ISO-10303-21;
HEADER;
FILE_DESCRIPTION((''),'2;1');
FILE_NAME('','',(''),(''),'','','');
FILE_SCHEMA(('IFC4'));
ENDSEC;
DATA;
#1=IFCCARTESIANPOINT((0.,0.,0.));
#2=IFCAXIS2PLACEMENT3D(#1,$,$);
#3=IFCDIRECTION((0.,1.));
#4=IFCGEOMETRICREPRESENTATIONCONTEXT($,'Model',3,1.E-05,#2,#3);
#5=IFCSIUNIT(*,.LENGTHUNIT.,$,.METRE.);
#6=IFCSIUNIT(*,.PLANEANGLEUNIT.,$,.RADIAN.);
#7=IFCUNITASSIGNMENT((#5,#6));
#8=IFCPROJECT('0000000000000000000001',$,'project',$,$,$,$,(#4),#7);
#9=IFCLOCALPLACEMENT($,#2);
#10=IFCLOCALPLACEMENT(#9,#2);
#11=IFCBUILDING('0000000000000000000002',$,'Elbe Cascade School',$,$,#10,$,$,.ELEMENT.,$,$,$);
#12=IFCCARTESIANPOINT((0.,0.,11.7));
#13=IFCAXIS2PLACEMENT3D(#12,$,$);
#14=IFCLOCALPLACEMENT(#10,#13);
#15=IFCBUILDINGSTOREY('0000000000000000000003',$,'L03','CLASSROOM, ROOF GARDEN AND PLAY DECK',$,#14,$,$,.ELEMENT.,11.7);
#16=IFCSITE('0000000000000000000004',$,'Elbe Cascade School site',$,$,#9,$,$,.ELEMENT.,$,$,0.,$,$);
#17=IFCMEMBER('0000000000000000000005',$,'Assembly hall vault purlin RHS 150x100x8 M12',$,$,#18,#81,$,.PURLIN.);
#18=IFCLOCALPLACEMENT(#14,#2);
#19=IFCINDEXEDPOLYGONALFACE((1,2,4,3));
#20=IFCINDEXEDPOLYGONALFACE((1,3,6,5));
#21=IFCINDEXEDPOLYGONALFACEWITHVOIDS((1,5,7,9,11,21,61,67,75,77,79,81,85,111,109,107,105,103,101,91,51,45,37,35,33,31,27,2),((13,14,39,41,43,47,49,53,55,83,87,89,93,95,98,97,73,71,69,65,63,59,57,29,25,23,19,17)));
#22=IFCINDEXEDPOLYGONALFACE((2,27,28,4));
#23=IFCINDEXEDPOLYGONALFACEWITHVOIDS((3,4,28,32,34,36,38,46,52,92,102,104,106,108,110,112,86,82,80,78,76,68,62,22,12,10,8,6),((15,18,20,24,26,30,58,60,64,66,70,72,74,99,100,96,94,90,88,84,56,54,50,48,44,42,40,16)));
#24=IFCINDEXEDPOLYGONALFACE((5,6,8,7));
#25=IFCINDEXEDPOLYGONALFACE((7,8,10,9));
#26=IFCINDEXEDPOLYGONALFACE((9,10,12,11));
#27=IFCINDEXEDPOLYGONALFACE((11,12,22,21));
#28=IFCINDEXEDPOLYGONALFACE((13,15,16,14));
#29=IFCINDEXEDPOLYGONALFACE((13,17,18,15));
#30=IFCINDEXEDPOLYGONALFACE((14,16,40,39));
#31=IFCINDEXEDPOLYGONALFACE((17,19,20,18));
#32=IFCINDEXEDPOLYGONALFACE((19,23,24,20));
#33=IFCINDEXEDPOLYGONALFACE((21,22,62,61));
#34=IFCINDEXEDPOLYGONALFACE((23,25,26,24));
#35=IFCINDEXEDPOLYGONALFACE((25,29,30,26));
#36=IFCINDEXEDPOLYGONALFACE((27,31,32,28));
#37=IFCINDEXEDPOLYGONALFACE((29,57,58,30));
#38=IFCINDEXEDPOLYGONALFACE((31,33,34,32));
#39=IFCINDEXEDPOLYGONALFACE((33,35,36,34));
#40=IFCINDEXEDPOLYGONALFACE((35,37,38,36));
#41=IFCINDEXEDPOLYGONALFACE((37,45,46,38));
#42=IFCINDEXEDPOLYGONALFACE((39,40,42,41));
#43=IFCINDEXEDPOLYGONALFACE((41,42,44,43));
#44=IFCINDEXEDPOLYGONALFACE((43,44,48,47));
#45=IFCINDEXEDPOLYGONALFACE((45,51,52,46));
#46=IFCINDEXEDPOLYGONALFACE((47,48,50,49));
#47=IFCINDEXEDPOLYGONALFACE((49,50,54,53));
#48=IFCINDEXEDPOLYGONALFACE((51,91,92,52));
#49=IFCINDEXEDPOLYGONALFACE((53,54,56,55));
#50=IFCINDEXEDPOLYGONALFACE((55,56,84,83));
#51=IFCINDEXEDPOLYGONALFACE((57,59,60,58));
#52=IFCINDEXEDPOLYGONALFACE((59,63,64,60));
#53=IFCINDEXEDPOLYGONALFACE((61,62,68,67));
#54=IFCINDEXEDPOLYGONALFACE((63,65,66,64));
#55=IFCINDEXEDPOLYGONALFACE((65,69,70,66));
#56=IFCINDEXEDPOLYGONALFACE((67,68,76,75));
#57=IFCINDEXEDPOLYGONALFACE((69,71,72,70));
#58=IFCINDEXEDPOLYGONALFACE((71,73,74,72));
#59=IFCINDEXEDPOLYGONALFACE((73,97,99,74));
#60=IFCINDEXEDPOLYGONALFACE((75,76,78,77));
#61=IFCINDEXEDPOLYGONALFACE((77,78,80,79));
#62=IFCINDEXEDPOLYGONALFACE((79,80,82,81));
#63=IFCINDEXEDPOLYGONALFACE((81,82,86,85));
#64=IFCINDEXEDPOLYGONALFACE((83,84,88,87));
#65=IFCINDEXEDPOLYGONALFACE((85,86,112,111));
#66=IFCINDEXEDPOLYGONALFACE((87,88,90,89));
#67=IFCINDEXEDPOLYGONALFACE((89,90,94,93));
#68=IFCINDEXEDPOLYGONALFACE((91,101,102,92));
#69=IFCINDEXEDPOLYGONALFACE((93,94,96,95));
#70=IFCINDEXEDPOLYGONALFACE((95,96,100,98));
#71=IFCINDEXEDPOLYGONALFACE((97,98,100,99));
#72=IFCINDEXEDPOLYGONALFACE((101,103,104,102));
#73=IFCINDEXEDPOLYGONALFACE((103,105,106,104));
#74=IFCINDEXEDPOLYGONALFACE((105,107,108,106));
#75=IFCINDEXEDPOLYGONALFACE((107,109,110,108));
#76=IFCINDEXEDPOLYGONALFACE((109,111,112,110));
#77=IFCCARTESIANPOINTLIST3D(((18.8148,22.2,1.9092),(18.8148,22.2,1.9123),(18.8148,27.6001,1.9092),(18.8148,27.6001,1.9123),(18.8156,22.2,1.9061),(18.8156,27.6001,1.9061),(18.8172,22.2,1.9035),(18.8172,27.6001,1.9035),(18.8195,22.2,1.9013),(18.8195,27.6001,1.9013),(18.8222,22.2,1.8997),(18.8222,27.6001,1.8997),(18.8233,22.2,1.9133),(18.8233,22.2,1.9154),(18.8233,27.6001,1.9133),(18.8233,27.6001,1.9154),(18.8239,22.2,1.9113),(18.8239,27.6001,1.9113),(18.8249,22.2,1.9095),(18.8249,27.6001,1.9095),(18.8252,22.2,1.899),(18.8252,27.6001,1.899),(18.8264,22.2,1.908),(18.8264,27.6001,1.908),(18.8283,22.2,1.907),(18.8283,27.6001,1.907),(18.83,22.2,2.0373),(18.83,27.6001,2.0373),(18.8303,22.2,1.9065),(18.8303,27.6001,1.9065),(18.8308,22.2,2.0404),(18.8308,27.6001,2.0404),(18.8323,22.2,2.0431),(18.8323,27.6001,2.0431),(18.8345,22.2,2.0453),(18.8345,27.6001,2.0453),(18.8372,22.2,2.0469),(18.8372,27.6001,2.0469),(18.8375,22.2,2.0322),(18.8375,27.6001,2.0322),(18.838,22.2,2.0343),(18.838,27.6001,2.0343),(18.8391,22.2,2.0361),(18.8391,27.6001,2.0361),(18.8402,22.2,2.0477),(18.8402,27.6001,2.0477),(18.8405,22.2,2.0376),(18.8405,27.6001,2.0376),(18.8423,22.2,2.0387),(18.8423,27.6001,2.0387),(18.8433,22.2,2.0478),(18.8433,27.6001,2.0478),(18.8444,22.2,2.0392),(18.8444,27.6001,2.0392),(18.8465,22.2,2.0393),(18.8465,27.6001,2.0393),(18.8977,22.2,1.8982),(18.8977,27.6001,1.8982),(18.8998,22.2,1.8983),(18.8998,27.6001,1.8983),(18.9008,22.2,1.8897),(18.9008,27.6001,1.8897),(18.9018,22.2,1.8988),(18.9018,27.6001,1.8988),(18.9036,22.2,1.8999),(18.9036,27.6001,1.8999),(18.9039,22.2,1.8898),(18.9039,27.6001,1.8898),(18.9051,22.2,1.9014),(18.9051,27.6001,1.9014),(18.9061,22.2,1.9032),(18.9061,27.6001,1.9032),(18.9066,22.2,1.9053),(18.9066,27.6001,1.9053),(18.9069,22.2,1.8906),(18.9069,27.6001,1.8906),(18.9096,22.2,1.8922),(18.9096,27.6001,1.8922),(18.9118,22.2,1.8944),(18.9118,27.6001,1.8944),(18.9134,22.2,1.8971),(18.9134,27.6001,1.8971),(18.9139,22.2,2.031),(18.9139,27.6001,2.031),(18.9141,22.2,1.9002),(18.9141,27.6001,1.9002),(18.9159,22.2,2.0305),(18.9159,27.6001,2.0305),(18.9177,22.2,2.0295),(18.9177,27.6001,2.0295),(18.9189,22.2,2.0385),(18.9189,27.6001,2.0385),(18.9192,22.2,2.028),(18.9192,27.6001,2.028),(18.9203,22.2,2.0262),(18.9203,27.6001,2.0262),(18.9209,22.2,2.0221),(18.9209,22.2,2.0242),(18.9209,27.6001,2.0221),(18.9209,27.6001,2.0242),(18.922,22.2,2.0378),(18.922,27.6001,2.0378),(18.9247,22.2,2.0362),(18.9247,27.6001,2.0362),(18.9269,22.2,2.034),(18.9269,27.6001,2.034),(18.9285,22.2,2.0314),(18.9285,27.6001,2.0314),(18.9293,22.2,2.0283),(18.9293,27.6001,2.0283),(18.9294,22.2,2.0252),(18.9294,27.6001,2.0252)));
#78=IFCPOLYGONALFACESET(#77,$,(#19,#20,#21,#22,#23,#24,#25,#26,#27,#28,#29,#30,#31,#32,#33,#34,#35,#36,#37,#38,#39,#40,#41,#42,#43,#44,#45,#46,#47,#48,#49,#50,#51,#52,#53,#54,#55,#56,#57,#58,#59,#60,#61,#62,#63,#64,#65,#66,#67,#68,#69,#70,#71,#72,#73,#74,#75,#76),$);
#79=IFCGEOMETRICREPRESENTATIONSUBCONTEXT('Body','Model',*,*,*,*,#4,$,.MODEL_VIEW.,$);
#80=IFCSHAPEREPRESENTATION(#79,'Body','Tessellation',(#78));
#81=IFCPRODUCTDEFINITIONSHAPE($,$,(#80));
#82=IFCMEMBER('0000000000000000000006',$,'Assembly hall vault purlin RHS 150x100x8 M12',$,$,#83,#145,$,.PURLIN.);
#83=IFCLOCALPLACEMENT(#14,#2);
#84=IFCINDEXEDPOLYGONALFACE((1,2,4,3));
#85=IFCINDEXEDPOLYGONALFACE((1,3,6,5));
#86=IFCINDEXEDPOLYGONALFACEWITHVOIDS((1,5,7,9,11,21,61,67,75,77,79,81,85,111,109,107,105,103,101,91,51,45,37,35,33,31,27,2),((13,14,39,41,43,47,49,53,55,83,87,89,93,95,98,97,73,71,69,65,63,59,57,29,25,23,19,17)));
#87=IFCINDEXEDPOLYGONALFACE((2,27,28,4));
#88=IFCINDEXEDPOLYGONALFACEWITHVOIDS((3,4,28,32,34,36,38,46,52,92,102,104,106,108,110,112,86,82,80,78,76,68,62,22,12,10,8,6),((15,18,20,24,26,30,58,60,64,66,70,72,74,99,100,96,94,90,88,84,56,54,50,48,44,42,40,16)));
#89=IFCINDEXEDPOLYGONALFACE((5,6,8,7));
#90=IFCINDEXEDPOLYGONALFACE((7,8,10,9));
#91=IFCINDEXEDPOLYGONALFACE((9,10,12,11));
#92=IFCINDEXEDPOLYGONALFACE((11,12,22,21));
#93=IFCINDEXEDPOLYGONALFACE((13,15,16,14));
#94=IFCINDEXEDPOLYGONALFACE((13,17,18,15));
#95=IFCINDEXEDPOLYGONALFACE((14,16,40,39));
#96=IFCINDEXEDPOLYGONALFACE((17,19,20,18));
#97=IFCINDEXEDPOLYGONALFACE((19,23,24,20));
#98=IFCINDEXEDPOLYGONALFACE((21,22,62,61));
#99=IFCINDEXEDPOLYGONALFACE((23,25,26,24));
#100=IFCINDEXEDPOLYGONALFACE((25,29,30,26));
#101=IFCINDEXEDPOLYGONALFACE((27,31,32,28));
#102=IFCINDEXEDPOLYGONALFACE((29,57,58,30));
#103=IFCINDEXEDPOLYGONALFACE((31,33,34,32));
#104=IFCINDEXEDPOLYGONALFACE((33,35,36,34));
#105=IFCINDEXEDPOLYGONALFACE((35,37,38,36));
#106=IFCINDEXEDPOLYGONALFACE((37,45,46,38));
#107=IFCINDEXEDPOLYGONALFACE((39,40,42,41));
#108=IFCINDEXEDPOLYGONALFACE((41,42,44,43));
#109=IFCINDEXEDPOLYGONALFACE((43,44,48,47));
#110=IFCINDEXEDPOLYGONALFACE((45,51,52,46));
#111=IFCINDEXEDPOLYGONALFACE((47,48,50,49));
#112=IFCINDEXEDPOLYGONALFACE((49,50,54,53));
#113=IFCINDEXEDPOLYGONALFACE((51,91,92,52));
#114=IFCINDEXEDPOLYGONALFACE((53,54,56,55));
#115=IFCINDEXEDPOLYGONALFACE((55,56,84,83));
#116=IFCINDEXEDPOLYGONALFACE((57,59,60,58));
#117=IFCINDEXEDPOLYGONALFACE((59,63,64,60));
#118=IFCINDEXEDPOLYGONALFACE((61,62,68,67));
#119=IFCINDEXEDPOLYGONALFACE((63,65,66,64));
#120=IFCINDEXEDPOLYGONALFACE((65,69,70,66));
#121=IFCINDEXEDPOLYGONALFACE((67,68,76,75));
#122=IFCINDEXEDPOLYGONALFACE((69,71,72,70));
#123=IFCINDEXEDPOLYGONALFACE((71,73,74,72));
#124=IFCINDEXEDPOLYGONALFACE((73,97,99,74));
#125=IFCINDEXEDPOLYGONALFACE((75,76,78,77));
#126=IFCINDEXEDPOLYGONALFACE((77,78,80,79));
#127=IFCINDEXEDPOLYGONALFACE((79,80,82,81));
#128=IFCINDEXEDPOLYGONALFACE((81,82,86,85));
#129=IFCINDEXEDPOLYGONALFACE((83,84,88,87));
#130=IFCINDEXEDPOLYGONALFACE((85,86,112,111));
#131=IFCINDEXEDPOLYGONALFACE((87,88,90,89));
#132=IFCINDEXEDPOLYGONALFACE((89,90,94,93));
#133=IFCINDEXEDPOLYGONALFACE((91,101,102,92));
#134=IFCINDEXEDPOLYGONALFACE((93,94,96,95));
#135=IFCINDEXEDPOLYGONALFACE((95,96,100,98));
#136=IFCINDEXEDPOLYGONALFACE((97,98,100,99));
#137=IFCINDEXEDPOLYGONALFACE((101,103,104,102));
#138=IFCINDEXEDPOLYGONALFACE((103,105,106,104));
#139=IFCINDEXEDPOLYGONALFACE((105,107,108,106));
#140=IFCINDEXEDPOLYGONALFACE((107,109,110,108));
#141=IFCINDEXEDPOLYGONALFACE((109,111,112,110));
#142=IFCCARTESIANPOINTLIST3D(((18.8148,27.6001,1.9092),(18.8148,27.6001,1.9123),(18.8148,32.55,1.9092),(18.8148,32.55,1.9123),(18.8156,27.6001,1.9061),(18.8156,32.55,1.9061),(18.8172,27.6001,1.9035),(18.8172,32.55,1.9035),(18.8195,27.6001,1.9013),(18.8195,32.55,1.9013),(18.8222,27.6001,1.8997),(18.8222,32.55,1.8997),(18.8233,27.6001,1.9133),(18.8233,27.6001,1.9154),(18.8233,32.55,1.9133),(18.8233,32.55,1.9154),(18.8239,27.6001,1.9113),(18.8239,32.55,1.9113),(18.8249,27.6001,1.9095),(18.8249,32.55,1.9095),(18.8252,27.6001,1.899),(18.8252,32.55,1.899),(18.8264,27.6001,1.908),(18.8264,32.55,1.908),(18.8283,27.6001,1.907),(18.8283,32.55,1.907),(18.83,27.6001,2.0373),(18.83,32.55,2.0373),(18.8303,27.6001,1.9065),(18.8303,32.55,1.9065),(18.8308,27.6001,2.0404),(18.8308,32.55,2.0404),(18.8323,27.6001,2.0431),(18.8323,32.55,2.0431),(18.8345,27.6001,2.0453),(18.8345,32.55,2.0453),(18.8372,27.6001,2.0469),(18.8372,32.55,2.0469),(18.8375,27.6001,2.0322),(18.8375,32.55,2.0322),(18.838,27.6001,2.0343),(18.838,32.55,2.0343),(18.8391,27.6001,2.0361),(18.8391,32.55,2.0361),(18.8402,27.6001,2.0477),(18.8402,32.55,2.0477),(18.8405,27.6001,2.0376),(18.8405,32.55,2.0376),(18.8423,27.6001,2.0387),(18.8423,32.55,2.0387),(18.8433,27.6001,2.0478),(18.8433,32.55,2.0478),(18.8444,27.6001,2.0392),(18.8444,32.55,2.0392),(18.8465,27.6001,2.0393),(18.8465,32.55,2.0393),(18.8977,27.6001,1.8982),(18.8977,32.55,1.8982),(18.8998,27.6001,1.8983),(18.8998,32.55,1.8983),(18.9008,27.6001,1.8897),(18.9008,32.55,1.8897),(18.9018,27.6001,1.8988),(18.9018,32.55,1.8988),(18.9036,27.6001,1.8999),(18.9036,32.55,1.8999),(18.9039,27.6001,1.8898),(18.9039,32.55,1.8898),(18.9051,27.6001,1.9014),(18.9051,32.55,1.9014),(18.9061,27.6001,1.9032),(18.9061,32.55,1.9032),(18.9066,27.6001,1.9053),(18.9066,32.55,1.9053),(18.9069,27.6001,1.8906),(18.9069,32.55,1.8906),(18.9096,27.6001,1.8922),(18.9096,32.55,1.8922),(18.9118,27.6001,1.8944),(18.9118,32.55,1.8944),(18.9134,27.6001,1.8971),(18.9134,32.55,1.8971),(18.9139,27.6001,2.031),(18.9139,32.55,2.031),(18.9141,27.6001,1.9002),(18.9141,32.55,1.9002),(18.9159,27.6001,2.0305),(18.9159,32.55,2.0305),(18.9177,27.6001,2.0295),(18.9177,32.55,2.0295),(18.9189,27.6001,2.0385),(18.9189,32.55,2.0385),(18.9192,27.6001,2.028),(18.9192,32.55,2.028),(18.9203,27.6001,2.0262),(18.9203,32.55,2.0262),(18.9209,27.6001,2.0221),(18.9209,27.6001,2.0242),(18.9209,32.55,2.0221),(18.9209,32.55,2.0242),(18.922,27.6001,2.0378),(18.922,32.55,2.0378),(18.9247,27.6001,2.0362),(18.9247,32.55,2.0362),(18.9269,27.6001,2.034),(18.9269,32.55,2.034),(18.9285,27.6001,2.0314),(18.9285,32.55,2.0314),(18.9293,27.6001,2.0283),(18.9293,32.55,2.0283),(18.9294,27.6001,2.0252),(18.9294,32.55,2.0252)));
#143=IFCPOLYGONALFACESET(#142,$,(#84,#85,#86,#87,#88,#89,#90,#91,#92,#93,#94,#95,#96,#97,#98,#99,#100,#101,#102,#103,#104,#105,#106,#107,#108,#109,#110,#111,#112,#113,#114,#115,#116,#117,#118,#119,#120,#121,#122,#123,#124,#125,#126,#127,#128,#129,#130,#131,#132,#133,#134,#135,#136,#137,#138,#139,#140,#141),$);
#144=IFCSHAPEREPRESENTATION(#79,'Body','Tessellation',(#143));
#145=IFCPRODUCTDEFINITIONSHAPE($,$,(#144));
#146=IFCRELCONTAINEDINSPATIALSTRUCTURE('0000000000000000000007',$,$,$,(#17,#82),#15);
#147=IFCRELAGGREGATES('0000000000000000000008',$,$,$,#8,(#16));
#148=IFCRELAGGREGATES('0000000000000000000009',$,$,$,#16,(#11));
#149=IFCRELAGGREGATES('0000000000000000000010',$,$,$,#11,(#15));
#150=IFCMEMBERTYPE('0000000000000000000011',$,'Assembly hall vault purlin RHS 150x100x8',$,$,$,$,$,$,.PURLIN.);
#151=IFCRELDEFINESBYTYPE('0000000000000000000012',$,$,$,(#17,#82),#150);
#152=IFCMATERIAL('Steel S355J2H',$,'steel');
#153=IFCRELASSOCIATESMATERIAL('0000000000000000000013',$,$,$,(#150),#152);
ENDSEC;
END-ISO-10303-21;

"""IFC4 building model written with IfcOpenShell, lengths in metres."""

from ifc_helpers import new_model, si_unit, direction, frame, origin, origin_2d, place, context, subcontext, project, spatial, hollow_rectangle, extrude, material, material_profile, profile_set, type_object, element, save


model = new_model("IFC4")

# Units and contexts
model_context = context("Model", 3, precision=1e-05, world=origin(), true_north=direction((0.0, 1.0)))
body_context = subcontext(model_context, "Body", "Model", "MODEL_VIEW")
ifc_project = project(units=[si_unit("LENGTHUNIT", "METRE"), si_unit("PLANEANGLEUNIT", "RADIAN")], contexts=[model_context])

# Site, building, storey
site_placement = place(None, origin())
site = spatial("IfcSite", under=ifc_project, at=site_placement, Name="Elbe Cascade School site", CompositionType="ELEMENT", RefElevation=0.0)
building_placement = place(site_placement, origin())
building = spatial("IfcBuilding", under=site, at=building_placement, Name="Elbe Cascade School", CompositionType="ELEMENT")
storey_placement = place(building_placement, frame((0.0, 0.0, 11.7)))
storey = spatial("IfcBuildingStorey", under=building, at=storey_placement, Name="L03", Description="CLASSROOM, ROOF GARDEN AND PLAY DECK", CompositionType="ELEMENT", Elevation=11.7)

# Members
ifc_material_1 = material(Name="Steel S355J2H", Category="steel")
ifc_material_profile_1 = material_profile(ifc_material_1, hollow_rectangle(XDim=0.1001, YDim=0.1499, WallThickness=0.0081, InnerFilletRadius=0.0081, OuterFilletRadius=0.012, at=origin_2d()), Name="RHS 150x100x8")
ifc_profile_set_1 = profile_set([ifc_material_profile_1], Name="Steel S355J2H")
member_type_1 = type_object("IfcMemberType", Name="Assembly hall vault purlin RHS 150x100x8", PredefinedType="PURLIN", material=ifc_profile_set_1)
member_1_placement = place(storey_placement, frame((18.8721, 22.2, 1.9688), z_axis=(0.0, 1.0, 0.0), x_axis=(-0.992653, 0.0, 0.120994)))
element("IfcMember", 1, at=member_1_placement, inside=storey, type_object=member_type_1, Name="Assembly hall vault purlin RHS 150x100x8 M12", PredefinedType="PURLIN", context=body_context, shape_type="SweptSolid", body=[
    extrude(hollow_rectangle(XDim=0.1001, YDim=0.1499, WallThickness=0.0081, InnerFilletRadius=0.0081, OuterFilletRadius=0.012, at=origin_2d()), origin(), (0.0, 0.0, 1.0), 5.4001),
])
member_2_placement = place(storey_placement, frame((18.8721, 27.6001, 1.9688), z_axis=(0.0, 1.0, 0.0), x_axis=(-0.992653, 0.0, 0.120994)))
element("IfcMember", 2, at=member_2_placement, inside=storey, type_object=member_type_1, Name="Assembly hall vault purlin RHS 150x100x8 M12", PredefinedType="PURLIN", context=body_context, shape_type="SweptSolid", body=[
    extrude(hollow_rectangle(XDim=0.1001, YDim=0.1499, WallThickness=0.0081, InnerFilletRadius=0.0081, OuterFilletRadius=0.012, at=origin_2d()), origin(), (0.0, 0.0, 1.0), 4.95),
])

save(model, "model.ifc")
